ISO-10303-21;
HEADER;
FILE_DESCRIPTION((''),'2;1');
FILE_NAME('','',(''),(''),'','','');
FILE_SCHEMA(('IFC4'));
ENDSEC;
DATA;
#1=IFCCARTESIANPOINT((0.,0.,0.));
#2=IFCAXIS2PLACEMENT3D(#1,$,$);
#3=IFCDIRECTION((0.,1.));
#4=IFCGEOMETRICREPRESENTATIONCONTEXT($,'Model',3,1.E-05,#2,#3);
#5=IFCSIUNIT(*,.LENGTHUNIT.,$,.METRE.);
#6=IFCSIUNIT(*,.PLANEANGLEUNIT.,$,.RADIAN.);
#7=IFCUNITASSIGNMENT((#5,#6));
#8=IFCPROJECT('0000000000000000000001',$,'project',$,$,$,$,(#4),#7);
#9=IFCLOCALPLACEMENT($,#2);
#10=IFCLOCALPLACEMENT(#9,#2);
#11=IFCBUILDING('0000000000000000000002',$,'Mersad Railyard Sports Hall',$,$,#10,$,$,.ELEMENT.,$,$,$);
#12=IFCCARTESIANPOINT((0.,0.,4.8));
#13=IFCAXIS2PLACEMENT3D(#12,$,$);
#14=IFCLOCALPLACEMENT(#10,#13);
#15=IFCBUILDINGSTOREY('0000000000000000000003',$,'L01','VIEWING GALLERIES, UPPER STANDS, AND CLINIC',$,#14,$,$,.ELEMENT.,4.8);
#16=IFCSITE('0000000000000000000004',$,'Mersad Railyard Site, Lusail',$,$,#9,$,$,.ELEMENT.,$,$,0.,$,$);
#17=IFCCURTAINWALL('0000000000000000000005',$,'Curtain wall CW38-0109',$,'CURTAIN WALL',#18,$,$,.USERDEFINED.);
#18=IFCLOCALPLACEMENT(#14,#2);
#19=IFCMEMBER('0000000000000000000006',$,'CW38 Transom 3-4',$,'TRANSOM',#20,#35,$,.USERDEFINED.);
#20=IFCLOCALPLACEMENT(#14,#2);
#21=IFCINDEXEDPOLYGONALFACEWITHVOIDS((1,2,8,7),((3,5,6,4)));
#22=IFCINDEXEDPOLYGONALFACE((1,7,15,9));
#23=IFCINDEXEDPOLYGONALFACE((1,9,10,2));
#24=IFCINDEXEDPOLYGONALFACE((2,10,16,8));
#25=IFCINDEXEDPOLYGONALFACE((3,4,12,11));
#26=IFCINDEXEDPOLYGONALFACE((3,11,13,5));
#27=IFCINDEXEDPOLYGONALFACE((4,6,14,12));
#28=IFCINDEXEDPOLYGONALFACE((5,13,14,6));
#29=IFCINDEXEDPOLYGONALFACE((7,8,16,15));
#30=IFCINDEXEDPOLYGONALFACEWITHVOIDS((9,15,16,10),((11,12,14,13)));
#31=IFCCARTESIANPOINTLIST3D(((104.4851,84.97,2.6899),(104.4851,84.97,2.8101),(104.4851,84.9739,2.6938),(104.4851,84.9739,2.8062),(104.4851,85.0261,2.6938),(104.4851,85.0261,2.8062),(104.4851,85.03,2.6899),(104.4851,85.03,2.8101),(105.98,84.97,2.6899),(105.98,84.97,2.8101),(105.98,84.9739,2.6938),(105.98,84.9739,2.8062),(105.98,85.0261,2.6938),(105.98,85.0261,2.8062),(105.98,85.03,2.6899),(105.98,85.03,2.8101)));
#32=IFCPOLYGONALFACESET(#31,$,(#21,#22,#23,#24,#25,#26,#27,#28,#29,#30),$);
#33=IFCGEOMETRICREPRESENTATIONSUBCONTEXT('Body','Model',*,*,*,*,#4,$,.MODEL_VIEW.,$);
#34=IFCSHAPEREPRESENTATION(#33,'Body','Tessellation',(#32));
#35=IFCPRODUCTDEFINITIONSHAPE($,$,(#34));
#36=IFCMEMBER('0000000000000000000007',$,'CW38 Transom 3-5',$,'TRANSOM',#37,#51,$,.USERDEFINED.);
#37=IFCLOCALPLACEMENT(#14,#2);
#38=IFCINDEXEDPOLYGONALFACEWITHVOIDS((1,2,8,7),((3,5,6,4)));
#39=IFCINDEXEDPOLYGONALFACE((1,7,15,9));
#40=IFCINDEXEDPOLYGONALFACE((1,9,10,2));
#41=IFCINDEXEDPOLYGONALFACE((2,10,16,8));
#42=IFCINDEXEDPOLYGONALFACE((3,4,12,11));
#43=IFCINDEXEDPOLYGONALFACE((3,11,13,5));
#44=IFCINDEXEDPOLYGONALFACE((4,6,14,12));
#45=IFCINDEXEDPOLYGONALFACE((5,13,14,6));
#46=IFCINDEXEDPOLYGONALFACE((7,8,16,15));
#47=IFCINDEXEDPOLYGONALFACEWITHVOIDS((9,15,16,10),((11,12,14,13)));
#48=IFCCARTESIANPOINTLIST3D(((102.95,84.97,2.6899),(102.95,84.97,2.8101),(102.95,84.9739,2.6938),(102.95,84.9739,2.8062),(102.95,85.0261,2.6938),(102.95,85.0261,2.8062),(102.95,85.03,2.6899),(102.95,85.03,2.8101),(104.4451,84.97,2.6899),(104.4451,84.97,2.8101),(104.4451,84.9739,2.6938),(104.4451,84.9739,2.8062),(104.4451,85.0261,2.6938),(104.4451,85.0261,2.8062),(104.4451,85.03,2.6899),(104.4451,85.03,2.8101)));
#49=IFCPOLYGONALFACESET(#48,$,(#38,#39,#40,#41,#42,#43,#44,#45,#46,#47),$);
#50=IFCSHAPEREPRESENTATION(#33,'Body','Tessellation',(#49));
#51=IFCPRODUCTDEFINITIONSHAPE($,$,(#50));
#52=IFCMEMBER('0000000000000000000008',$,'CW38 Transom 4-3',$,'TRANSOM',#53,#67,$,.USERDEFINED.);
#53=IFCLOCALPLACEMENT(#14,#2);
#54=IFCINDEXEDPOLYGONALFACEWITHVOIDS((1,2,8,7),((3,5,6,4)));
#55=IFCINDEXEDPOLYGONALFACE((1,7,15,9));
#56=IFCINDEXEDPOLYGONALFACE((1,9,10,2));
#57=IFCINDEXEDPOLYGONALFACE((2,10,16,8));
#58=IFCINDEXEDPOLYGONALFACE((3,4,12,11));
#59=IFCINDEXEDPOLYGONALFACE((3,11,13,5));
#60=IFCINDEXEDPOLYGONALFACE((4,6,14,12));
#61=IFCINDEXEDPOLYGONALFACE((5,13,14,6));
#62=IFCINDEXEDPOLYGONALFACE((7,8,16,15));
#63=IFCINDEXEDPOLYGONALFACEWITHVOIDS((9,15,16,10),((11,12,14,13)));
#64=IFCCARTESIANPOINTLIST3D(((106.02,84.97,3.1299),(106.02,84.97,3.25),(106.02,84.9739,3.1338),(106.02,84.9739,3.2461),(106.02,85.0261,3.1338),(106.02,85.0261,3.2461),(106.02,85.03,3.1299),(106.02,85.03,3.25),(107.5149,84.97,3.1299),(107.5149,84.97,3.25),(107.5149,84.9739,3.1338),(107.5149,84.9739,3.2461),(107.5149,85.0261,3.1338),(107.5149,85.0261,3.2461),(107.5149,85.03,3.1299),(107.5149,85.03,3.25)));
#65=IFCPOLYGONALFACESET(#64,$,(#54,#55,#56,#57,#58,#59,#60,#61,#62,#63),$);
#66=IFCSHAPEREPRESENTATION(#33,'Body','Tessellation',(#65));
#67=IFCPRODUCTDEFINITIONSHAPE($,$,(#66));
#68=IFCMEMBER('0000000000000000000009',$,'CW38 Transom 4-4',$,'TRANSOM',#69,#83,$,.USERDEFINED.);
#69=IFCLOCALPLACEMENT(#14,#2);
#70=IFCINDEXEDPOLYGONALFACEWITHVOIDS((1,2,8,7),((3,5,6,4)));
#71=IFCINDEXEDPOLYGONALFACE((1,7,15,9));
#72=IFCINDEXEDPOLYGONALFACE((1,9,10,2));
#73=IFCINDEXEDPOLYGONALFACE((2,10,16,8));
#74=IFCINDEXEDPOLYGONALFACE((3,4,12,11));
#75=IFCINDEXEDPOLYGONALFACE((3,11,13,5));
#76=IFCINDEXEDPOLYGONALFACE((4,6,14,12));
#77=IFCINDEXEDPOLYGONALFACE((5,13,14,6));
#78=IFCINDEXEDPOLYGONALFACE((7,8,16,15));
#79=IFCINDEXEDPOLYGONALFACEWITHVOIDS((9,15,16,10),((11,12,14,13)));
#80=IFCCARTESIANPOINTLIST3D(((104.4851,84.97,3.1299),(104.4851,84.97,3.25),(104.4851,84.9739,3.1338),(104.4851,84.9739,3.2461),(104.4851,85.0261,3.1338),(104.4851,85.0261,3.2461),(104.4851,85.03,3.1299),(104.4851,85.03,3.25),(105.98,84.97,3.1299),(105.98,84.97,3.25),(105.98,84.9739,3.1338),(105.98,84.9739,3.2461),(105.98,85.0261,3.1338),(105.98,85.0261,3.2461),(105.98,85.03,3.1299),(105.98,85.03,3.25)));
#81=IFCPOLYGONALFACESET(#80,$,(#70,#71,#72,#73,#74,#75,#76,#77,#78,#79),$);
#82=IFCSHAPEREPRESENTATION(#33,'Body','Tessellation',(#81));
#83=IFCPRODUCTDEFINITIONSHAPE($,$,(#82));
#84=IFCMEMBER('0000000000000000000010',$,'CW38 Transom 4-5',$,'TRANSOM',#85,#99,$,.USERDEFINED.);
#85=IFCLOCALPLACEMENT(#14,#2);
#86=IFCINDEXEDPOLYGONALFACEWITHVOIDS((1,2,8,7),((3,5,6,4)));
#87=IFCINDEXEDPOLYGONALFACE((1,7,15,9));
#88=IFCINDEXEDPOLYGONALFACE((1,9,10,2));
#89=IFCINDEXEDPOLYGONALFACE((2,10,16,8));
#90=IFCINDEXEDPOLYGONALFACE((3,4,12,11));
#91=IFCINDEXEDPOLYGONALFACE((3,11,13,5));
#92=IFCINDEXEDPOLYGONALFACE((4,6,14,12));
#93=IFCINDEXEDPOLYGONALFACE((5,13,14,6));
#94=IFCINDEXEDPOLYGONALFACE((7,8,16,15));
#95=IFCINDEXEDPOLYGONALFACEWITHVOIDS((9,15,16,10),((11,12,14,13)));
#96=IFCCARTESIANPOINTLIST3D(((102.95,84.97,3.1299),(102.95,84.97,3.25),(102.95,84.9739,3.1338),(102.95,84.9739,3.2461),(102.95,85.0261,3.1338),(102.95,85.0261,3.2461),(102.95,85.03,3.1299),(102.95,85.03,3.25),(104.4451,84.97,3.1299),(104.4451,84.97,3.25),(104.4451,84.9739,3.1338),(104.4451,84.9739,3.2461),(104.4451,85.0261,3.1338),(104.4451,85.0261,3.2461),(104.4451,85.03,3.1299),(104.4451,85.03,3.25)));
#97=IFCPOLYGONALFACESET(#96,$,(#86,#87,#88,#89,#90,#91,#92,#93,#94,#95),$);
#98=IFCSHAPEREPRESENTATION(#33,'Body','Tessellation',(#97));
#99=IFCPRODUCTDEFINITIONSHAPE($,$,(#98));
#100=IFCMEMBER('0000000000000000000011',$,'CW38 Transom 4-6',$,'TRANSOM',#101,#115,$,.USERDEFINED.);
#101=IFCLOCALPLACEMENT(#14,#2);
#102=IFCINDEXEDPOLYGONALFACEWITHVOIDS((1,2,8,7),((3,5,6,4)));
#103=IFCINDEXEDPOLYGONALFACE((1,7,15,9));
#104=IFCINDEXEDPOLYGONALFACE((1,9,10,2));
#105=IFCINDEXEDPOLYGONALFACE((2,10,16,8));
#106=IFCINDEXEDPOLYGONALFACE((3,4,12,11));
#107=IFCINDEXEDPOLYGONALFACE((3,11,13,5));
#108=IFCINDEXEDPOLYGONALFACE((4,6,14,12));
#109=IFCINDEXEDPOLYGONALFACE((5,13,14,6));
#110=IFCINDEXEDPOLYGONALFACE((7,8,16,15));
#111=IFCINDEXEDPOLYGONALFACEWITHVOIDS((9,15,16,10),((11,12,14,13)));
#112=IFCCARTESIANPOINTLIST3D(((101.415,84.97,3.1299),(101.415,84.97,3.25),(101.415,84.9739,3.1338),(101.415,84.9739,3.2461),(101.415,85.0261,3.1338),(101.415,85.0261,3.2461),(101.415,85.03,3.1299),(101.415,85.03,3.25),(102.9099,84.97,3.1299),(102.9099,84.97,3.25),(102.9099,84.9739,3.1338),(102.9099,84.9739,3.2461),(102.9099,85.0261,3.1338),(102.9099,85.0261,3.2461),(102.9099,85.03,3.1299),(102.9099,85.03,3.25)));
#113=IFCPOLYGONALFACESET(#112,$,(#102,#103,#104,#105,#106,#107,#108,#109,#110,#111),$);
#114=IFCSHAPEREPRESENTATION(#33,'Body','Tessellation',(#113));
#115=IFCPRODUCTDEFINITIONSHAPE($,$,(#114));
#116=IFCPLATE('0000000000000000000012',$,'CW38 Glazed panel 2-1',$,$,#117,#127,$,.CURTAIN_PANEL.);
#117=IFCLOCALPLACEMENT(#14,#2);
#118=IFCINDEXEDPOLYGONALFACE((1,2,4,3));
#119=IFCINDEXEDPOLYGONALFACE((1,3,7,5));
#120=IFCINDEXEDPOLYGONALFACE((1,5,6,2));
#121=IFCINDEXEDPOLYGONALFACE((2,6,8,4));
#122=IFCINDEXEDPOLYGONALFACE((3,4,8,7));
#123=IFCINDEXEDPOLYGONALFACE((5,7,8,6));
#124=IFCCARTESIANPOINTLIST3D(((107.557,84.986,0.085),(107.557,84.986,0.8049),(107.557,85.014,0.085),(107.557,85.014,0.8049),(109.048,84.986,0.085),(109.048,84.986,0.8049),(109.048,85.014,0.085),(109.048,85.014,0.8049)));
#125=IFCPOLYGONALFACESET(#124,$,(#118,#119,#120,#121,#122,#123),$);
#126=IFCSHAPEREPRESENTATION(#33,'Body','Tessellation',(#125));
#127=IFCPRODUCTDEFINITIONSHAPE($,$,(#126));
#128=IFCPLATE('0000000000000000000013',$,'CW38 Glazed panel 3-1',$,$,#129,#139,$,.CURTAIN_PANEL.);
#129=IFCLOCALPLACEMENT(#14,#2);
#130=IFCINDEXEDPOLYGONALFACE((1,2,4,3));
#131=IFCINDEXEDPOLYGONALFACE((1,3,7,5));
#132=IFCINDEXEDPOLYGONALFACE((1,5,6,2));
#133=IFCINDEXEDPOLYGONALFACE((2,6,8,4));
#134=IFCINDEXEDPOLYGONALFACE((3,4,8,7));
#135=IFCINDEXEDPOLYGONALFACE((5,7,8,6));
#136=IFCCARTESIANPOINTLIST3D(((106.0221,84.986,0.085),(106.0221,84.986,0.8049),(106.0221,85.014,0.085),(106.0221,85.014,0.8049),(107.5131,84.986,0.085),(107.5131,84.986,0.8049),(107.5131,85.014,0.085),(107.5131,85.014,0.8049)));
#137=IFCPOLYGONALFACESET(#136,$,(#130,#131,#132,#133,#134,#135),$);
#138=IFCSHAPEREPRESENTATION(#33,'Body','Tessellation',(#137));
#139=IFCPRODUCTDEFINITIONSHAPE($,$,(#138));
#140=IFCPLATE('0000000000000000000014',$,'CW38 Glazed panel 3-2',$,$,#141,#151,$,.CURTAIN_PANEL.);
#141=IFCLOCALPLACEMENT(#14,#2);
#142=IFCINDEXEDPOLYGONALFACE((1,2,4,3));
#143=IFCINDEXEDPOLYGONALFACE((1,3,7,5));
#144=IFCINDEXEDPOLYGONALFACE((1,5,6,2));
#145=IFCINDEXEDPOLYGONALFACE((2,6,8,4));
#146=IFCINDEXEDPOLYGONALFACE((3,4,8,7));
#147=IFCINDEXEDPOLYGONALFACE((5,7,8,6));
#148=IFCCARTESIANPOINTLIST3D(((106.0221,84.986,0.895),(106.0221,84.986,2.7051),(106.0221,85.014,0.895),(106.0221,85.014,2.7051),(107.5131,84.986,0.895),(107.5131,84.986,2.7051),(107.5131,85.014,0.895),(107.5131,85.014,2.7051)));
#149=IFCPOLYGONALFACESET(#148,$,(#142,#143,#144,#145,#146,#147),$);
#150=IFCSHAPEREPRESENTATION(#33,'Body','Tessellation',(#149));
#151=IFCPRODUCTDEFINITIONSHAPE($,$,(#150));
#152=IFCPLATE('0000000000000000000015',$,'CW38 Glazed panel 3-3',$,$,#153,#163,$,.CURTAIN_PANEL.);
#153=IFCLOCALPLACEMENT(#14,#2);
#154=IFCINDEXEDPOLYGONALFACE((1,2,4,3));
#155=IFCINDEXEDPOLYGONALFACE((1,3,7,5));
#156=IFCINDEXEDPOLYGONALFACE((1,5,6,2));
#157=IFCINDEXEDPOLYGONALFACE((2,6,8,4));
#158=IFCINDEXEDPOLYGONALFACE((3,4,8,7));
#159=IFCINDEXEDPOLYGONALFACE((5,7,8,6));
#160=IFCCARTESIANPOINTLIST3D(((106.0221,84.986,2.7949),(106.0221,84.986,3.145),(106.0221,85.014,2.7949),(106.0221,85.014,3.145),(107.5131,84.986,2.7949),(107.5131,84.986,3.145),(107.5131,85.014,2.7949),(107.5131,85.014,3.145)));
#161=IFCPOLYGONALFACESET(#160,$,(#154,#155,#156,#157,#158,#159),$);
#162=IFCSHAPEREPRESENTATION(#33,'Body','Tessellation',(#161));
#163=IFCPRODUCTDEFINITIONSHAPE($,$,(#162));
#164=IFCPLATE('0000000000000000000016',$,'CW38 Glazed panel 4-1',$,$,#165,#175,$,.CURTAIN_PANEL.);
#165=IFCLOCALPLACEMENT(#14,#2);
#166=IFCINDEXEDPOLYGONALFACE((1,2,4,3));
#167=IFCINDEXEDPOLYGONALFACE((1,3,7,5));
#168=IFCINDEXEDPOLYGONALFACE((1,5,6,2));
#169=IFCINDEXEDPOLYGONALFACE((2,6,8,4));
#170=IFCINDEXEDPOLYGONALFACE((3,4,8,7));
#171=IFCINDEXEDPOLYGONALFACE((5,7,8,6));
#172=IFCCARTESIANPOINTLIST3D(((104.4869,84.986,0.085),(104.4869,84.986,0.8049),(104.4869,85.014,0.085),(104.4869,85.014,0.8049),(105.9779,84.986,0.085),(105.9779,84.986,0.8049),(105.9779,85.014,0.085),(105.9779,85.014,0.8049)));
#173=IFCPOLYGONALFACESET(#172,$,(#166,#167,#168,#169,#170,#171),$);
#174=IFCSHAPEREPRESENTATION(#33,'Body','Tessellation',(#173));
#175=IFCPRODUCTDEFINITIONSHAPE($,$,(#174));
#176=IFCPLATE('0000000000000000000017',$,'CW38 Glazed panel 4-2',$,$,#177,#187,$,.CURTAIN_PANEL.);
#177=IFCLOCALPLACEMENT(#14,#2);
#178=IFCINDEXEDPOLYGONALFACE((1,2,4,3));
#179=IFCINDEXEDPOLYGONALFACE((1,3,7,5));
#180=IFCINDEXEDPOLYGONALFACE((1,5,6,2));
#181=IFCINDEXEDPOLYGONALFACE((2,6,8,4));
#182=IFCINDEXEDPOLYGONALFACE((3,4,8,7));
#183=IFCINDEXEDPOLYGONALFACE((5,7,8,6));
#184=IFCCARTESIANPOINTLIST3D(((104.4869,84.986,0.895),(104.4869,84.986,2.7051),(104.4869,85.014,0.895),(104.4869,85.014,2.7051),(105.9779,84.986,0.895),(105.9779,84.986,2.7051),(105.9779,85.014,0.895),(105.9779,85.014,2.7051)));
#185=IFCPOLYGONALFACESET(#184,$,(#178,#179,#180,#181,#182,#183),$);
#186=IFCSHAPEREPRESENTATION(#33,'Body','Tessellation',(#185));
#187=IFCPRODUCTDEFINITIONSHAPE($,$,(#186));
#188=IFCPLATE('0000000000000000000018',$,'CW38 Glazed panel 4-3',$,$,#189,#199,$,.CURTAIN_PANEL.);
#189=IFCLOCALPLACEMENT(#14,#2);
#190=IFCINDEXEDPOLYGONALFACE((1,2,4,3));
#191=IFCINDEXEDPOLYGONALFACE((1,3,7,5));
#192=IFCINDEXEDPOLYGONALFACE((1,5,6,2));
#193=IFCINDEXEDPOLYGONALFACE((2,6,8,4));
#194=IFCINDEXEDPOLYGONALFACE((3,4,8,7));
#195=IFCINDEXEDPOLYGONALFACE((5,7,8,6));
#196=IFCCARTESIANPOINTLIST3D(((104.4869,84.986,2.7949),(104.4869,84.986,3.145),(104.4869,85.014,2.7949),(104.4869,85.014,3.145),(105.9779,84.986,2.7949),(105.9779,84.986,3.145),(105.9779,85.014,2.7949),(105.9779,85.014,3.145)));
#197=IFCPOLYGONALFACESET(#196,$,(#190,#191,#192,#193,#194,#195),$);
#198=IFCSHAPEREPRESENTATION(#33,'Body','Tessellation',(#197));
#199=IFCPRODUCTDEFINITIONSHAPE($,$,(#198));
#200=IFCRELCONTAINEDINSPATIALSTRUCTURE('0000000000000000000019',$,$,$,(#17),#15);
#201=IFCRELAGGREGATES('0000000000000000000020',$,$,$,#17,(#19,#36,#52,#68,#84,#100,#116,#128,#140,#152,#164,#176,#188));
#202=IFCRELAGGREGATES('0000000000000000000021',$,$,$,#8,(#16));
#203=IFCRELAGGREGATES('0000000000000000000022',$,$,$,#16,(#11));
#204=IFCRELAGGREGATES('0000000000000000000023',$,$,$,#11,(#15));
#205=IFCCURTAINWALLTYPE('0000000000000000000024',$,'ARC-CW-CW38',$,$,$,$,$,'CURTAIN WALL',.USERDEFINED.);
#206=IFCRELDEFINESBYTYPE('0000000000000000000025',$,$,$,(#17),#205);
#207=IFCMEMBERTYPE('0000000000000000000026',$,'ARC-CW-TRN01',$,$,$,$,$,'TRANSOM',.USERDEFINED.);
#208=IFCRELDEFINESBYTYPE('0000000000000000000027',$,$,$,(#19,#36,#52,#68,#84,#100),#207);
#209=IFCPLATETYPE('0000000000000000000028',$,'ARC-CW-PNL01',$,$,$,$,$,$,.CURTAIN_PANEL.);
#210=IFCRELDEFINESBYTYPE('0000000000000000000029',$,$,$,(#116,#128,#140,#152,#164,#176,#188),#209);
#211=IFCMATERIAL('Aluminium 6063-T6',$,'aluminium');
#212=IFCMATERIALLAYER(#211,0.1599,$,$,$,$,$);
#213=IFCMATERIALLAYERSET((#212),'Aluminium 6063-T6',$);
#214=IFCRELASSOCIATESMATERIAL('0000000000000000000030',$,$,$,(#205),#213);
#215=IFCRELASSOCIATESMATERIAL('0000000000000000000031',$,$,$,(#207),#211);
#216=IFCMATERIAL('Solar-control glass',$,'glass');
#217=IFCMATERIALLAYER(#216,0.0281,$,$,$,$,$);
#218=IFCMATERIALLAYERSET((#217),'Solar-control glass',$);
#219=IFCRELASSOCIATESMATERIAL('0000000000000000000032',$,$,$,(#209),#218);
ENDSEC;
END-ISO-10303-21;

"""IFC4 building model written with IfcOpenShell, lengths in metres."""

from ifc_helpers import new_model, si_unit, direction, frame, origin, origin_2d, place, context, subcontext, project, spatial, rectangle, hollow_rectangle, extrude, material, layer, layer_set, material_profile, profile_set, type_object, element, aggregate, save


model = new_model("IFC4")

# Units and contexts
model_context = context("Model", 3, precision=1e-05, world=origin(), true_north=direction((0.0, 1.0)))
body_context = subcontext(model_context, "Body", "Model", "MODEL_VIEW")
ifc_project = project(units=[si_unit("LENGTHUNIT", "METRE"), si_unit("PLANEANGLEUNIT", "RADIAN")], contexts=[model_context])

# Site, building, storey
site_placement = place(None, origin())
site = spatial("IfcSite", under=ifc_project, at=site_placement, Name="Mersad Railyard Site, Lusail", CompositionType="ELEMENT", RefElevation=0.0)
building_placement = place(site_placement, origin())
building = spatial("IfcBuilding", under=site, at=building_placement, Name="Mersad Railyard Sports Hall", CompositionType="ELEMENT")
storey_placement = place(building_placement, frame((0.0, 0.0, 4.8)))
storey = spatial("IfcBuildingStorey", under=building, at=storey_placement, Name="L01", Description="VIEWING GALLERIES, UPPER STANDS, AND CLINIC", CompositionType="ELEMENT", Elevation=4.8)

# Curtain wall, members, plates
ifc_material_1 = material(Name="Aluminium 6063-T6", Category="aluminium")
ifc_layer_1 = layer(ifc_material_1, 0.1599)
ifc_layer_set_1 = layer_set([ifc_layer_1], Name="Aluminium 6063-T6")
curtain_wall_type = type_object("IfcCurtainWallType", Name="ARC-CW-CW38", ElementType="CURTAIN WALL", PredefinedType="USERDEFINED", material=ifc_layer_set_1)
curtain_wall_placement = place(storey_placement, origin())
curtain_wall = element("IfcCurtainWall", 1, at=curtain_wall_placement, inside=storey, type_object=curtain_wall_type, Name="Curtain wall CW38-0109", ObjectType="CURTAIN WALL", PredefinedType="USERDEFINED")
ifc_material_profile_1 = material_profile(ifc_material_1, hollow_rectangle(XDim=0.0601, YDim=0.1201, WallThickness=0.0039, at=origin_2d()), Name="AL TRANSOM 60x120x4")
ifc_profile_set_1 = profile_set([ifc_material_profile_1], Name="Aluminium 6063-T6")
member_type_1 = type_object("IfcMemberType", Name="ARC-CW-TRN01", ElementType="TRANSOM", PredefinedType="USERDEFINED", material=ifc_profile_set_1)
member_1_placement = place(storey_placement, frame((105.98, 85.0, 2.75), z_axis=(-1.0, 0.0, 0.0), x_axis=(0.0, -1.0, 0.0)))
member_1 = element("IfcMember", 2, at=member_1_placement, type_object=member_type_1, Name="CW38 Transom 3-4", ObjectType="TRANSOM", PredefinedType="USERDEFINED", context=body_context, shape_type="SweptSolid", body=[
    extrude(hollow_rectangle(XDim=0.0601, YDim=0.1201, WallThickness=0.0039, at=origin_2d()), origin(), (0.0, 0.0, 1.0), 1.4949),
])
member_2_placement = place(storey_placement, frame((104.4451, 85.0, 2.75), z_axis=(-1.0, 0.0, 0.0), x_axis=(0.0, -1.0, 0.0)))
member_2 = element("IfcMember", 3, at=member_2_placement, type_object=member_type_1, Name="CW38 Transom 3-5", ObjectType="TRANSOM", PredefinedType="USERDEFINED", context=body_context, shape_type="SweptSolid", body=[
    extrude(hollow_rectangle(XDim=0.0601, YDim=0.1201, WallThickness=0.0039, at=origin_2d()), origin(), (0.0, 0.0, 1.0), 1.4951),
])
member_3_placement = place(storey_placement, frame((107.5149, 85.0, 3.1899), z_axis=(-1.0, 0.0, 0.0), x_axis=(0.0, -1.0, 0.0)))
member_3 = element("IfcMember", 4, at=member_3_placement, type_object=member_type_1, Name="CW38 Transom 4-3", ObjectType="TRANSOM", PredefinedType="USERDEFINED", context=body_context, shape_type="SweptSolid", body=[
    extrude(hollow_rectangle(XDim=0.0601, YDim=0.1201, WallThickness=0.0039, at=origin_2d()), origin(), (0.0, 0.0, 1.0), 1.4949),
])
member_4_placement = place(storey_placement, frame((105.98, 85.0, 3.1899), z_axis=(-1.0, 0.0, 0.0), x_axis=(0.0, -1.0, 0.0)))
member_4 = element("IfcMember", 5, at=member_4_placement, type_object=member_type_1, Name="CW38 Transom 4-4", ObjectType="TRANSOM", PredefinedType="USERDEFINED", context=body_context, shape_type="SweptSolid", body=[
    extrude(hollow_rectangle(XDim=0.0601, YDim=0.1201, WallThickness=0.0039, at=origin_2d()), origin(), (0.0, 0.0, 1.0), 1.4949),
])
member_5_placement = place(storey_placement, frame((104.4451, 85.0, 3.1899), z_axis=(-1.0, 0.0, 0.0), x_axis=(0.0, -1.0, 0.0)))
member_5 = element("IfcMember", 6, at=member_5_placement, type_object=member_type_1, Name="CW38 Transom 4-5", ObjectType="TRANSOM", PredefinedType="USERDEFINED", context=body_context, shape_type="SweptSolid", body=[
    extrude(hollow_rectangle(XDim=0.0601, YDim=0.1201, WallThickness=0.0039, at=origin_2d()), origin(), (0.0, 0.0, 1.0), 1.4951),
])
member_6_placement = place(storey_placement, frame((102.9099, 85.0, 3.1899), z_axis=(-1.0, 0.0, 0.0), x_axis=(0.0, -1.0, 0.0)))
member_6 = element("IfcMember", 7, at=member_6_placement, type_object=member_type_1, Name="CW38 Transom 4-6", ObjectType="TRANSOM", PredefinedType="USERDEFINED", context=body_context, shape_type="SweptSolid", body=[
    extrude(hollow_rectangle(XDim=0.0601, YDim=0.1201, WallThickness=0.0039, at=origin_2d()), origin(), (0.0, 0.0, 1.0), 1.4949),
])
ifc_material_2 = material(Name="Solar-control glass", Category="glass")
ifc_layer_2 = layer(ifc_material_2, 0.0281)
ifc_layer_set_2 = layer_set([ifc_layer_2], Name="Solar-control glass")
plate_type = type_object("IfcPlateType", Name="ARC-CW-PNL01", PredefinedType="CURTAIN_PANEL", material=ifc_layer_set_2)
plate_1_placement = place(storey_placement, frame((108.3025, 85.0, 0.085), z_axis=(0.0, 0.0, 1.0), x_axis=(-1.0, 0.0, 0.0)))
plate_1 = element("IfcPlate", 8, at=plate_1_placement, type_object=plate_type, Name="CW38 Glazed panel 2-1", PredefinedType="CURTAIN_PANEL", context=body_context, shape_type="SweptSolid", body=[
    extrude(rectangle(XDim=1.491, YDim=0.0281, at=origin_2d()), origin(), (0.0, 0.0, 1.0), 0.72),
])
plate_2_placement = place(storey_placement, frame((106.7676, 85.0, 0.085), z_axis=(0.0, 0.0, 1.0), x_axis=(-1.0, 0.0, 0.0)))
plate_2 = element("IfcPlate", 9, at=plate_2_placement, type_object=plate_type, Name="CW38 Glazed panel 3-1", PredefinedType="CURTAIN_PANEL", context=body_context, shape_type="SweptSolid", body=[
    extrude(rectangle(XDim=1.491, YDim=0.0281, at=origin_2d()), origin(), (0.0, 0.0, 1.0), 0.72),
])
plate_3_placement = place(storey_placement, frame((106.7676, 85.0, 0.895), z_axis=(0.0, 0.0, 1.0), x_axis=(-1.0, 0.0, 0.0)))
plate_3 = element("IfcPlate", 10, at=plate_3_placement, type_object=plate_type, Name="CW38 Glazed panel 3-2", PredefinedType="CURTAIN_PANEL", context=body_context, shape_type="SweptSolid", body=[
    extrude(rectangle(XDim=1.491, YDim=0.0281, at=origin_2d()), origin(), (0.0, 0.0, 1.0), 1.8101),
])
plate_4_placement = place(storey_placement, frame((106.7676, 85.0, 2.7949), z_axis=(0.0, 0.0, 1.0), x_axis=(-1.0, 0.0, 0.0)))
plate_4 = element("IfcPlate", 11, at=plate_4_placement, type_object=plate_type, Name="CW38 Glazed panel 3-3", PredefinedType="CURTAIN_PANEL", context=body_context, shape_type="SweptSolid", body=[
    extrude(rectangle(XDim=1.491, YDim=0.0281, at=origin_2d()), origin(), (0.0, 0.0, 1.0), 0.3501),
])
plate_5_placement = place(storey_placement, frame((105.2324, 85.0, 0.085), z_axis=(0.0, 0.0, 1.0), x_axis=(-1.0, 0.0, 0.0)))
plate_5 = element("IfcPlate", 12, at=plate_5_placement, type_object=plate_type, Name="CW38 Glazed panel 4-1", PredefinedType="CURTAIN_PANEL", context=body_context, shape_type="SweptSolid", body=[
    extrude(rectangle(XDim=1.491, YDim=0.0281, at=origin_2d()), origin(), (0.0, 0.0, 1.0), 0.72),
])
plate_6_placement = place(storey_placement, frame((105.2324, 85.0, 0.895), z_axis=(0.0, 0.0, 1.0), x_axis=(-1.0, 0.0, 0.0)))
plate_6 = element("IfcPlate", 13, at=plate_6_placement, type_object=plate_type, Name="CW38 Glazed panel 4-2", PredefinedType="CURTAIN_PANEL", context=body_context, shape_type="SweptSolid", body=[
    extrude(rectangle(XDim=1.491, YDim=0.0281, at=origin_2d()), origin(), (0.0, 0.0, 1.0), 1.8101),
])
plate_7_placement = place(storey_placement, frame((105.2324, 85.0, 2.7949), z_axis=(0.0, 0.0, 1.0), x_axis=(-1.0, 0.0, 0.0)))
plate_7 = element("IfcPlate", 14, at=plate_7_placement, type_object=plate_type, Name="CW38 Glazed panel 4-3", PredefinedType="CURTAIN_PANEL", context=body_context, shape_type="SweptSolid", body=[
    extrude(rectangle(XDim=1.491, YDim=0.0281, at=origin_2d()), origin(), (0.0, 0.0, 1.0), 0.3501),
])
aggregate(curtain_wall, [member_1, member_2, member_3, member_4, member_5, member_6, plate_1, plate_2, plate_3, plate_4, plate_5, plate_6, plate_7])

save(model, "model.ifc")
